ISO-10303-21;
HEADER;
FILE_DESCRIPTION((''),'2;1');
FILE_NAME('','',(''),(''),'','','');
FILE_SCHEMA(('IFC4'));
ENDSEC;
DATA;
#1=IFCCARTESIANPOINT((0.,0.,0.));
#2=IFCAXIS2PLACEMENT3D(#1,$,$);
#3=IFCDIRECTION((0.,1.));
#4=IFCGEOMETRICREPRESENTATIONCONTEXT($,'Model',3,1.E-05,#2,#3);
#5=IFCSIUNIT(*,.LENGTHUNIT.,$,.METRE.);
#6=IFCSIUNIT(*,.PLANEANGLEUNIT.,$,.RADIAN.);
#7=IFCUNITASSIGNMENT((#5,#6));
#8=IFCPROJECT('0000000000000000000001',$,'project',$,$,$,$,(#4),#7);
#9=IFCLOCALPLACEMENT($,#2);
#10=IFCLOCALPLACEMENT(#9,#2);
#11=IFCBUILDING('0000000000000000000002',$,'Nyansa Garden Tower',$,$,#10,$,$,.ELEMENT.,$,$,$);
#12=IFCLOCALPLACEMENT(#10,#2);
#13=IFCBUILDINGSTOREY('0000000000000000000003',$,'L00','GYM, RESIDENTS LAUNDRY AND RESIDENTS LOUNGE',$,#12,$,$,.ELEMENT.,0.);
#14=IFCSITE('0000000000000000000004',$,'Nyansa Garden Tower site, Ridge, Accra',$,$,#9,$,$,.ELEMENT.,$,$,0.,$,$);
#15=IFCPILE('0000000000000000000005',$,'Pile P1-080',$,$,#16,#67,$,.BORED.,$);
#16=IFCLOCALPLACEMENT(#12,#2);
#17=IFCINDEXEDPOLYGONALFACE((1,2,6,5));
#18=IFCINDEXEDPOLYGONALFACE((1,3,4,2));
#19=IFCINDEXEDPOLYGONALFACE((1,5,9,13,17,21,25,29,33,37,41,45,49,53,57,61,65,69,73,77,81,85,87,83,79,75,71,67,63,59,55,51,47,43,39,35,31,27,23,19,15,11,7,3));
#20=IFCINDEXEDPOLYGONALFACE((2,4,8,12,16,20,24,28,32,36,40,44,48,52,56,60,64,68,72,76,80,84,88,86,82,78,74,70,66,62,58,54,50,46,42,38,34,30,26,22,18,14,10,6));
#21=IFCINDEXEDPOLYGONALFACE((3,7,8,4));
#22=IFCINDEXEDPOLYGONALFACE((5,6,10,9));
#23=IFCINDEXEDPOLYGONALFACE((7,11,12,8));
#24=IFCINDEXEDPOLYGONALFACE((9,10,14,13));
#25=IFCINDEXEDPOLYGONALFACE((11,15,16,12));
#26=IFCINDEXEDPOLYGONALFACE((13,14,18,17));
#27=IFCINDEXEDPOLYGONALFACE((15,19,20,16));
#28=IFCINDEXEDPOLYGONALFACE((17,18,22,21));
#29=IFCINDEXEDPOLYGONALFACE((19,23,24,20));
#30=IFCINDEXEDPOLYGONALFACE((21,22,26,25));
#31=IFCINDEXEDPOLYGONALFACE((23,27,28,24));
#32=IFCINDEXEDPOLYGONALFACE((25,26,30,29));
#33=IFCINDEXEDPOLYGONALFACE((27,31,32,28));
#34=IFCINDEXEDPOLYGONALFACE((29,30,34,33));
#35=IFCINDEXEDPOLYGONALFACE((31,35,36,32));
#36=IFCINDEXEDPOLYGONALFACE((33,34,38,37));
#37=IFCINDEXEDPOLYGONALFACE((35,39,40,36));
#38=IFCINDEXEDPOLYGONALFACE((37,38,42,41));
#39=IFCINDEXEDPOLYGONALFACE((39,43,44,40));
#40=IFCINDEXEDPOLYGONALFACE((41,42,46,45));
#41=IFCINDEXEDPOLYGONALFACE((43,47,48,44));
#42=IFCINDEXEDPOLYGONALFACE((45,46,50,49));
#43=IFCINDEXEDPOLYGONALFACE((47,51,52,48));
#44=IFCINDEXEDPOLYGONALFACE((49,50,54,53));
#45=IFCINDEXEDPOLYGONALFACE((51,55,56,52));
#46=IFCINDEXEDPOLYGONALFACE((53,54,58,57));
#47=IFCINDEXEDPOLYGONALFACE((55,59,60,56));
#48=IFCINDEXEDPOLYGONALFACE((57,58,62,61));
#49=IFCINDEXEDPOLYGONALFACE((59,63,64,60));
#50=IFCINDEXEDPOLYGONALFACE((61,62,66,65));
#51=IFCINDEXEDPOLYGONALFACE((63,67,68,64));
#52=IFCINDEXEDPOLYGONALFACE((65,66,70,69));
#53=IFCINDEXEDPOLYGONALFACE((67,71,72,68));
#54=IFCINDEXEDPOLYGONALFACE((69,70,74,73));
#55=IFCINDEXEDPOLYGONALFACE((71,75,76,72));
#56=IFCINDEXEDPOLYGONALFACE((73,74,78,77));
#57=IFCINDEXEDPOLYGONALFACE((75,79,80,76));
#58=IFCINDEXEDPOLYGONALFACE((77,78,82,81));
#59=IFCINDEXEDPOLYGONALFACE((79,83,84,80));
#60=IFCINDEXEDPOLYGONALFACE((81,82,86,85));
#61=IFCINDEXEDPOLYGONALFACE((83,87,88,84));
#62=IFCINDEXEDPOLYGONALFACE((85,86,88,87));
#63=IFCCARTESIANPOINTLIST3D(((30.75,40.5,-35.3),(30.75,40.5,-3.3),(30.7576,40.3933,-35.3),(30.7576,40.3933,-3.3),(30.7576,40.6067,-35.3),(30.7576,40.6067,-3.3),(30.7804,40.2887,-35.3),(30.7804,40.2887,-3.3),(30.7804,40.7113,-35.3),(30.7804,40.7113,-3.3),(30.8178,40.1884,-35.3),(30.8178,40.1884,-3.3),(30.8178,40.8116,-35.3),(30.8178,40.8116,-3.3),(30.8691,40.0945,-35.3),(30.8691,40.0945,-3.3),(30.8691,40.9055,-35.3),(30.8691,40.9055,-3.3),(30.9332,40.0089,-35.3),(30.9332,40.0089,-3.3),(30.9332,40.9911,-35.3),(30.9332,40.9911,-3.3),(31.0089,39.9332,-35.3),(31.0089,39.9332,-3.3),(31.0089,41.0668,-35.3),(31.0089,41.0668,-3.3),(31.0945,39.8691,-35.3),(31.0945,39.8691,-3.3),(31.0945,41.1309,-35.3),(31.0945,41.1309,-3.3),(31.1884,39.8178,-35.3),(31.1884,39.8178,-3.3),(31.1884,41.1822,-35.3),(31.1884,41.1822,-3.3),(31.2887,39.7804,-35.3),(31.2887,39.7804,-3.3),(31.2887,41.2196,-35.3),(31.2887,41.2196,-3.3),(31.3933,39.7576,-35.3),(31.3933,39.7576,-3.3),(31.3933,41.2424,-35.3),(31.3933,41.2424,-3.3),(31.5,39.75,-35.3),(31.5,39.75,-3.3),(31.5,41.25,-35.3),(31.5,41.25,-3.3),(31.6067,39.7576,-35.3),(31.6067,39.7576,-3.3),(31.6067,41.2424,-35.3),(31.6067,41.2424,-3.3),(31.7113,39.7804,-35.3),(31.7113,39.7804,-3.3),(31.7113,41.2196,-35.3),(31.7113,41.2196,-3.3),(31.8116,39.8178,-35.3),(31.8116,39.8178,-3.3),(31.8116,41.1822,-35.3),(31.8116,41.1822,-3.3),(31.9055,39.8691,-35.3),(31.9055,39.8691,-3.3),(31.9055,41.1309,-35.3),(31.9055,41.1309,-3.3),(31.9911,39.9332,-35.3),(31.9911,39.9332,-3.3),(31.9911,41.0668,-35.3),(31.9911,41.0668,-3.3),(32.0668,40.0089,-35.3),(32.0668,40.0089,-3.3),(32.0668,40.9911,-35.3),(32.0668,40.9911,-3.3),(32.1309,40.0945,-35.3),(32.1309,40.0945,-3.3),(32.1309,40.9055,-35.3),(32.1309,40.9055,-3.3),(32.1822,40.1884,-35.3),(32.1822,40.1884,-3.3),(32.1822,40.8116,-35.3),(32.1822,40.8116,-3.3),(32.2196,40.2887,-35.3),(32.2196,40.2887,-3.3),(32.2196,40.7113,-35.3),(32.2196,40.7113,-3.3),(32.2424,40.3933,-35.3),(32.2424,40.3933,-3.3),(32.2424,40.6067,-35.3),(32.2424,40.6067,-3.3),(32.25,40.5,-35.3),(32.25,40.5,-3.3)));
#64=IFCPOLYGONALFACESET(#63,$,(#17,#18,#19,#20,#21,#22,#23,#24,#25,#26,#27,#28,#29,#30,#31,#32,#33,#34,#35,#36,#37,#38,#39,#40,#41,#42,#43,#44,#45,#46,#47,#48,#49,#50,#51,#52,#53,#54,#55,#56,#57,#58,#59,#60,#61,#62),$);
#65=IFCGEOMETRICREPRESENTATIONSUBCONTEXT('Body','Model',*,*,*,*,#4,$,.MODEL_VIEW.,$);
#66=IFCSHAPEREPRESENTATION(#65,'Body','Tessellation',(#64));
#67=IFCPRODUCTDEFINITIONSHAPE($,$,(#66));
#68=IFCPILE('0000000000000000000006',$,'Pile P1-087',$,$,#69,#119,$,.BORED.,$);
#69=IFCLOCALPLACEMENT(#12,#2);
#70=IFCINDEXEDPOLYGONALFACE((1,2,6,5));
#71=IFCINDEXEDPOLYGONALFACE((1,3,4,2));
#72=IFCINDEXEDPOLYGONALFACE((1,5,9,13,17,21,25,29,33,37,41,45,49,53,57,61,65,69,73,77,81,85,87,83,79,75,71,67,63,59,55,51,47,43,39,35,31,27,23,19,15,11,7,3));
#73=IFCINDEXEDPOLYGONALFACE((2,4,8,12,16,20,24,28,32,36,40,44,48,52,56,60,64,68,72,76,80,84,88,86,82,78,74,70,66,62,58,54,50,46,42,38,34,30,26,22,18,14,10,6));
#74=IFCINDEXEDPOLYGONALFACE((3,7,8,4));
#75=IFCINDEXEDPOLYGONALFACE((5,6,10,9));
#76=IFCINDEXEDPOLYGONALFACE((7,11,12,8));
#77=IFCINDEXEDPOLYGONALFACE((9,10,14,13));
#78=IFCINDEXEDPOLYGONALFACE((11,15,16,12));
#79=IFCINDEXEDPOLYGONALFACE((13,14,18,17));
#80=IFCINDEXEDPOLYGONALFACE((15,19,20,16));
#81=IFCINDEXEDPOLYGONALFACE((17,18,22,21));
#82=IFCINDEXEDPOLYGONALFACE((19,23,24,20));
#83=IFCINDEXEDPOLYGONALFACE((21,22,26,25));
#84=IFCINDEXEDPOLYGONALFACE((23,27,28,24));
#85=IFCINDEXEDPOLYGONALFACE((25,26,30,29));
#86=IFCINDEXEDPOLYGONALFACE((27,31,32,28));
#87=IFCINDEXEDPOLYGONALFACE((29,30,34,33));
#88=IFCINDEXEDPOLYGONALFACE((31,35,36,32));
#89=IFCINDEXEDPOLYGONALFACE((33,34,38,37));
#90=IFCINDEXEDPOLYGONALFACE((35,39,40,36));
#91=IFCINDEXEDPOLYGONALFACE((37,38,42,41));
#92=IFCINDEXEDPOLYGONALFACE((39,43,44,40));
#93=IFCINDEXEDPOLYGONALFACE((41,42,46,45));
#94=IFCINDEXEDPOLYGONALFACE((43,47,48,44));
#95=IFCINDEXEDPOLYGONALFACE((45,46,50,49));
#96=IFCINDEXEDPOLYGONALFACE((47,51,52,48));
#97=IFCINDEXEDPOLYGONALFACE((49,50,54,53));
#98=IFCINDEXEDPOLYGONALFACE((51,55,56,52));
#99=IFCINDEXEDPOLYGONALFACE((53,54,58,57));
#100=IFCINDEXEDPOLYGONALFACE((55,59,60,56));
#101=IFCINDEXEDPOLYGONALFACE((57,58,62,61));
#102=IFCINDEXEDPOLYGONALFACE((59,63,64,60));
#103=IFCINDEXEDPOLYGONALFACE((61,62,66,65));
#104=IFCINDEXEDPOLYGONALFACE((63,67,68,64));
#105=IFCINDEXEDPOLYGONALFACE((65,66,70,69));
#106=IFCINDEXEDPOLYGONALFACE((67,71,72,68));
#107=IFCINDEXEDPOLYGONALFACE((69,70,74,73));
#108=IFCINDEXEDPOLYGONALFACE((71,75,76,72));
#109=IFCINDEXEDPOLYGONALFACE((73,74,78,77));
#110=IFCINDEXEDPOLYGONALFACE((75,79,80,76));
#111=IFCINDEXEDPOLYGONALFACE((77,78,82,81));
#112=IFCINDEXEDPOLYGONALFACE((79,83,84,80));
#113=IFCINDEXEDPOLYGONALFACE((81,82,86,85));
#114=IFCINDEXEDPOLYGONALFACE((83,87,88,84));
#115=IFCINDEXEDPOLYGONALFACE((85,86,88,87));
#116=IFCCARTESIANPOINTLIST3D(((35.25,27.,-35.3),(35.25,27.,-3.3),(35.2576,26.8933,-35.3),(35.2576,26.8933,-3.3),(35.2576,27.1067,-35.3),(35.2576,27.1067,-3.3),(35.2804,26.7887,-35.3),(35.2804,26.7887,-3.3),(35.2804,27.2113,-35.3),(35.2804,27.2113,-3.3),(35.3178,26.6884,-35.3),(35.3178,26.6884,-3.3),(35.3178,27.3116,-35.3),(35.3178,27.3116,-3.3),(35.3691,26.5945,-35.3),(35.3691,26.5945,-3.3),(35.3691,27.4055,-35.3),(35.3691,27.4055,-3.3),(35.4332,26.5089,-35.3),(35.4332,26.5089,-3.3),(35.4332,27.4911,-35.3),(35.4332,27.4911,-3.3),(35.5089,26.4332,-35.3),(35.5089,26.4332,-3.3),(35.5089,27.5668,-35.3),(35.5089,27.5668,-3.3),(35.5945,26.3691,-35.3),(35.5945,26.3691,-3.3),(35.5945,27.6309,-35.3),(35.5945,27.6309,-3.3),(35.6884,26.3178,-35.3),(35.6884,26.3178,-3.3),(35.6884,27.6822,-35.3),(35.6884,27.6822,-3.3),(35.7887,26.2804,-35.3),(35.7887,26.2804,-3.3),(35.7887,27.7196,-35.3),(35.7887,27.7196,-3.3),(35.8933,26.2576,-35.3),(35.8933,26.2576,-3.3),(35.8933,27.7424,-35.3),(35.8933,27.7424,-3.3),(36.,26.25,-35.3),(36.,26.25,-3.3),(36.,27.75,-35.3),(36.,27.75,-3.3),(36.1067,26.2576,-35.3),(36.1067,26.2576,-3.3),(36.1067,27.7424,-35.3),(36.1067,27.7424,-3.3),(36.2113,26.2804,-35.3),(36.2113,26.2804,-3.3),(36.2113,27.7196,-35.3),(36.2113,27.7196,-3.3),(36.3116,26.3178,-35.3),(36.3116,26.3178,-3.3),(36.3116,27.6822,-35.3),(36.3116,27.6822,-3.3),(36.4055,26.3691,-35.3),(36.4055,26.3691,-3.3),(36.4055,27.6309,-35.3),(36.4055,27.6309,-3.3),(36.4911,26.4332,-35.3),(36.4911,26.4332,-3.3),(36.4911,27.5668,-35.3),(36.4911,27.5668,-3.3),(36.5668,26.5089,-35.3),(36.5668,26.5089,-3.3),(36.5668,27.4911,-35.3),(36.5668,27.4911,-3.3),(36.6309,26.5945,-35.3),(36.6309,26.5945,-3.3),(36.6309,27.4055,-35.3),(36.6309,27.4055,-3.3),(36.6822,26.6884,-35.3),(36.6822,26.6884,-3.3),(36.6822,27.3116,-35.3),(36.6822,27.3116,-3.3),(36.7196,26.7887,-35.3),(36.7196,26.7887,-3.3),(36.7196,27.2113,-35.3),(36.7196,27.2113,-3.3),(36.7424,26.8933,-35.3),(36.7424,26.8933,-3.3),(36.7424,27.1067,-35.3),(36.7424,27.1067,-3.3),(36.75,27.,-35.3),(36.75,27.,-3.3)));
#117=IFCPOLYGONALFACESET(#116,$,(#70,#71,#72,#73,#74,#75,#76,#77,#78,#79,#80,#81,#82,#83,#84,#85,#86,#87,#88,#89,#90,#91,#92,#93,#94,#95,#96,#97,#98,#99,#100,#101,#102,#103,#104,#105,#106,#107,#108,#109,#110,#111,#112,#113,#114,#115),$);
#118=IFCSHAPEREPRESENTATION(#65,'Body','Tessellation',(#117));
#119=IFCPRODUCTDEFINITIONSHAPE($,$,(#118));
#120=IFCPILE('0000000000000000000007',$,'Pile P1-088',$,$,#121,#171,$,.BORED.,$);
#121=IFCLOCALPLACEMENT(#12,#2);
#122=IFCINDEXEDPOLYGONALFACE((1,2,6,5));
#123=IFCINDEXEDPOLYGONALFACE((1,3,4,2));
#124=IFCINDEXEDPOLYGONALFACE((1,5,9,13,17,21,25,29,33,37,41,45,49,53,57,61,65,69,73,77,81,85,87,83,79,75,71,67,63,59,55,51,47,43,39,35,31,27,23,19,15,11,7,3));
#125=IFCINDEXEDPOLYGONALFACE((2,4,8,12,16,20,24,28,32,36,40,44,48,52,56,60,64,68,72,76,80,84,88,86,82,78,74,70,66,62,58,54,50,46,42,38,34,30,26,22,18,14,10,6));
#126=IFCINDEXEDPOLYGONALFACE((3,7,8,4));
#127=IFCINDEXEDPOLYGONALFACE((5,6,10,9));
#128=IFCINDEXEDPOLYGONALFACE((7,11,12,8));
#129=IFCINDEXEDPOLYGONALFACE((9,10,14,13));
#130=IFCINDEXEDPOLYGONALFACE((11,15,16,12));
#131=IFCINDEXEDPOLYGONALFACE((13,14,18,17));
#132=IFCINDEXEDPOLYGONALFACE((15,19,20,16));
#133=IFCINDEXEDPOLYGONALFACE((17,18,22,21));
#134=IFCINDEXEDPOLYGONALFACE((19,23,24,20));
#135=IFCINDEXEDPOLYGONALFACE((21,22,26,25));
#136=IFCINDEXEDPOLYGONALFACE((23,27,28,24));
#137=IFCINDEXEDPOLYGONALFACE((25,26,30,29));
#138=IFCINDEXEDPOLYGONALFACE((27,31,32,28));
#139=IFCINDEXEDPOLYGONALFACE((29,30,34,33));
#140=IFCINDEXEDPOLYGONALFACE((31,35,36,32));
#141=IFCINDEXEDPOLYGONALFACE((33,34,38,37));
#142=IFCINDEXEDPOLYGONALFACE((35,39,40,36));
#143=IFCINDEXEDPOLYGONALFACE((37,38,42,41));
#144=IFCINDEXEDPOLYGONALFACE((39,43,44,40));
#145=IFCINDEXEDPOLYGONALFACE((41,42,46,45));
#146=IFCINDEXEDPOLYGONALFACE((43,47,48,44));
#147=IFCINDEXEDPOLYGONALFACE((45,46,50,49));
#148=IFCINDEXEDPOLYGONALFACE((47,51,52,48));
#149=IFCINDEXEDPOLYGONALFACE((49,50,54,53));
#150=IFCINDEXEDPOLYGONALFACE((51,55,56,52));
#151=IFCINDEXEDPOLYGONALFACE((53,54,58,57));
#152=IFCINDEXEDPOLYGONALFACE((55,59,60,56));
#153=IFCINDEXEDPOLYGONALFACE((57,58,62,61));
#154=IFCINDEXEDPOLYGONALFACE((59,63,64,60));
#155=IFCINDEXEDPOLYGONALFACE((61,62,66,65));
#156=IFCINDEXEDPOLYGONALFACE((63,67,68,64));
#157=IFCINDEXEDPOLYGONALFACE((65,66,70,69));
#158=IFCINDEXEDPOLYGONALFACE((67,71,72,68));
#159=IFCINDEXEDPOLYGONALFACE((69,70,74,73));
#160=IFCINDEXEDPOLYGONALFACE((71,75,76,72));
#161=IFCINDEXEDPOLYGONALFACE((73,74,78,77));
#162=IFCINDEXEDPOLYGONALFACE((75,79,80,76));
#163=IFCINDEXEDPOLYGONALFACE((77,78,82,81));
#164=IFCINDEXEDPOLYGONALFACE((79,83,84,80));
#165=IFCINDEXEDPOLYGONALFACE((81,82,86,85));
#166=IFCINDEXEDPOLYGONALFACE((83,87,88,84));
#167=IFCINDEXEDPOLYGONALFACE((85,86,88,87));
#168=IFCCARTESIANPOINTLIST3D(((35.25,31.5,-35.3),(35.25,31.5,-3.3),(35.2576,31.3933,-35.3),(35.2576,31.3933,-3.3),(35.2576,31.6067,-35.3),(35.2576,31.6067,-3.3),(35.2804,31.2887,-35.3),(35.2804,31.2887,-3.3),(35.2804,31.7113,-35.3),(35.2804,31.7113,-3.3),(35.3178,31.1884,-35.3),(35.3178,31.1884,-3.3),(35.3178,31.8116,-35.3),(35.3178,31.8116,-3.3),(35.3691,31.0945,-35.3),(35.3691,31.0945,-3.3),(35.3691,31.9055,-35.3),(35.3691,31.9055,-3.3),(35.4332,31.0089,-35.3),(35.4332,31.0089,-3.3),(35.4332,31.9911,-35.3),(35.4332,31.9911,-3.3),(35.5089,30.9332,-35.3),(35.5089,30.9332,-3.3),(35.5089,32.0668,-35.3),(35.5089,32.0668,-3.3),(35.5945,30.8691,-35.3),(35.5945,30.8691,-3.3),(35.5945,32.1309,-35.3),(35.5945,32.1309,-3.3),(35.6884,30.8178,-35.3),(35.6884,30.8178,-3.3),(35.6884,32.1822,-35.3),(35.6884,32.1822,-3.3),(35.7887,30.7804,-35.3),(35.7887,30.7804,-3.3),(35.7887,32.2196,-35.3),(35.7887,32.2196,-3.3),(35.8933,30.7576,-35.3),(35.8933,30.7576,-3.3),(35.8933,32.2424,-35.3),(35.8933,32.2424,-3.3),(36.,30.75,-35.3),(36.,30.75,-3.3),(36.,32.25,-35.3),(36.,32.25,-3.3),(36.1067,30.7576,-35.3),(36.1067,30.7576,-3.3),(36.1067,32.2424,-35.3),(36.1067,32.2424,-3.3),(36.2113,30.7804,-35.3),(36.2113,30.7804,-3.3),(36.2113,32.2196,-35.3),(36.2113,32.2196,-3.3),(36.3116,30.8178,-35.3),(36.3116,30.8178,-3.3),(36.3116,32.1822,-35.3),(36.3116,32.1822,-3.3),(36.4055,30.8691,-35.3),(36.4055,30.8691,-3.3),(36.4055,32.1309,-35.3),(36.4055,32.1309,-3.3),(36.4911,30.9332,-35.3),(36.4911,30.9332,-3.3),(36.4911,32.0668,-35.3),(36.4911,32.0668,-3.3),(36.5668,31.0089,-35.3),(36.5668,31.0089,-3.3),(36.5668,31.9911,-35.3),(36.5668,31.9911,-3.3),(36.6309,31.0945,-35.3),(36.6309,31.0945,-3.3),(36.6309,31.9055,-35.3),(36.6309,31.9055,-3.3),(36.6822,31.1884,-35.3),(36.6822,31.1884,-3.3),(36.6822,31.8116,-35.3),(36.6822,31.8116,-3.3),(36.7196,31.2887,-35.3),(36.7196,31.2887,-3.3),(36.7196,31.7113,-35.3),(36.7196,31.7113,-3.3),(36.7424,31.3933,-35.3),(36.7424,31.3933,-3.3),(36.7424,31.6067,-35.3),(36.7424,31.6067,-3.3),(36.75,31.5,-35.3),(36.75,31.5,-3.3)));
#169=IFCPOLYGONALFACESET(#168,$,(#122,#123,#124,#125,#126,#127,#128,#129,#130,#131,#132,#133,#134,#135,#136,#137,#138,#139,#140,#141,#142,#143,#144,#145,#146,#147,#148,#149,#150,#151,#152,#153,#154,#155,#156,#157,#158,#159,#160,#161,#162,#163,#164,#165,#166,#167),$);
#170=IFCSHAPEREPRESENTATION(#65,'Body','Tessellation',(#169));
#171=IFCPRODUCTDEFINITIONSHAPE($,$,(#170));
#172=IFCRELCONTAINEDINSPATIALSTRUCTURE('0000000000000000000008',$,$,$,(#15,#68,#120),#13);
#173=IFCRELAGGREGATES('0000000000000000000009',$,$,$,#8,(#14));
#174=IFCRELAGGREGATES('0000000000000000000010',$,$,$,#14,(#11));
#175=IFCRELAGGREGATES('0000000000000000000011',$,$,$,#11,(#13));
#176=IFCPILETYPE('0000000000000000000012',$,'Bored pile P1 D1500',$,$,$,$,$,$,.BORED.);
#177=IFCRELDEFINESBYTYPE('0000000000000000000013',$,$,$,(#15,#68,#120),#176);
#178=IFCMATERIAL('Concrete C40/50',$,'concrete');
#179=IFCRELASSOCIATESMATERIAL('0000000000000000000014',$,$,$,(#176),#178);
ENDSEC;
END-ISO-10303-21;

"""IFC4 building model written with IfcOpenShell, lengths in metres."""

from ifc_helpers import new_model, si_unit, direction, frame, origin, origin_2d, place, context, subcontext, project, spatial, circle, extrude, material, type_object, element, save


model = new_model("IFC4")

# Units and contexts
model_context = context("Model", 3, precision=1e-05, world=origin(), true_north=direction((0.0, 1.0)))
body_context = subcontext(model_context, "Body", "Model", "MODEL_VIEW")
ifc_project = project(units=[si_unit("LENGTHUNIT", "METRE"), si_unit("PLANEANGLEUNIT", "RADIAN")], contexts=[model_context])

# Site, building, storey
site_placement = place(None, origin())
site = spatial("IfcSite", under=ifc_project, at=site_placement, Name="Nyansa Garden Tower site, Ridge, Accra", CompositionType="ELEMENT", RefElevation=0.0)
building_placement = place(site_placement, origin())
building = spatial("IfcBuilding", under=site, at=building_placement, Name="Nyansa Garden Tower", CompositionType="ELEMENT")
storey_placement = place(building_placement, origin())
storey = spatial("IfcBuildingStorey", under=building, at=storey_placement, Name="L00", Description="GYM, RESIDENTS LAUNDRY AND RESIDENTS LOUNGE", CompositionType="ELEMENT", Elevation=0.0)

# Piles
ifc_material_1 = material(Name="Concrete C40/50", Category="concrete")
pile_type = type_object("IfcPileType", Name="Bored pile P1 D1500", PredefinedType="BORED", material=ifc_material_1)
for number, where, z_axis, x_axis, name in (
    (1, (31.5, 40.5, -3.3), (0.0, 0.0, -1.0), (1.0, 0.0, 0.0), "Pile P1-080"),
    (2, (36.0, 27.0, -3.3), (0.0, 0.0, -1.0), (1.0, 0.0, 0.0), "Pile P1-087"),
    (3, (36.0, 31.5, -3.3), (0.0, 0.0, -1.0), (1.0, 0.0, 0.0), "Pile P1-088"),
):
    element("IfcPile", number, at=place(storey_placement, frame(where, z_axis=z_axis, x_axis=x_axis)), inside=storey, type_object=pile_type, Name=name, PredefinedType="BORED", context=body_context, shape_type="SweptSolid", body=[
        extrude(circle(Radius=0.75, at=origin_2d()), origin(), (0.0, 0.0, 1.0), 32.0),
    ])

save(model, "model.ifc")
